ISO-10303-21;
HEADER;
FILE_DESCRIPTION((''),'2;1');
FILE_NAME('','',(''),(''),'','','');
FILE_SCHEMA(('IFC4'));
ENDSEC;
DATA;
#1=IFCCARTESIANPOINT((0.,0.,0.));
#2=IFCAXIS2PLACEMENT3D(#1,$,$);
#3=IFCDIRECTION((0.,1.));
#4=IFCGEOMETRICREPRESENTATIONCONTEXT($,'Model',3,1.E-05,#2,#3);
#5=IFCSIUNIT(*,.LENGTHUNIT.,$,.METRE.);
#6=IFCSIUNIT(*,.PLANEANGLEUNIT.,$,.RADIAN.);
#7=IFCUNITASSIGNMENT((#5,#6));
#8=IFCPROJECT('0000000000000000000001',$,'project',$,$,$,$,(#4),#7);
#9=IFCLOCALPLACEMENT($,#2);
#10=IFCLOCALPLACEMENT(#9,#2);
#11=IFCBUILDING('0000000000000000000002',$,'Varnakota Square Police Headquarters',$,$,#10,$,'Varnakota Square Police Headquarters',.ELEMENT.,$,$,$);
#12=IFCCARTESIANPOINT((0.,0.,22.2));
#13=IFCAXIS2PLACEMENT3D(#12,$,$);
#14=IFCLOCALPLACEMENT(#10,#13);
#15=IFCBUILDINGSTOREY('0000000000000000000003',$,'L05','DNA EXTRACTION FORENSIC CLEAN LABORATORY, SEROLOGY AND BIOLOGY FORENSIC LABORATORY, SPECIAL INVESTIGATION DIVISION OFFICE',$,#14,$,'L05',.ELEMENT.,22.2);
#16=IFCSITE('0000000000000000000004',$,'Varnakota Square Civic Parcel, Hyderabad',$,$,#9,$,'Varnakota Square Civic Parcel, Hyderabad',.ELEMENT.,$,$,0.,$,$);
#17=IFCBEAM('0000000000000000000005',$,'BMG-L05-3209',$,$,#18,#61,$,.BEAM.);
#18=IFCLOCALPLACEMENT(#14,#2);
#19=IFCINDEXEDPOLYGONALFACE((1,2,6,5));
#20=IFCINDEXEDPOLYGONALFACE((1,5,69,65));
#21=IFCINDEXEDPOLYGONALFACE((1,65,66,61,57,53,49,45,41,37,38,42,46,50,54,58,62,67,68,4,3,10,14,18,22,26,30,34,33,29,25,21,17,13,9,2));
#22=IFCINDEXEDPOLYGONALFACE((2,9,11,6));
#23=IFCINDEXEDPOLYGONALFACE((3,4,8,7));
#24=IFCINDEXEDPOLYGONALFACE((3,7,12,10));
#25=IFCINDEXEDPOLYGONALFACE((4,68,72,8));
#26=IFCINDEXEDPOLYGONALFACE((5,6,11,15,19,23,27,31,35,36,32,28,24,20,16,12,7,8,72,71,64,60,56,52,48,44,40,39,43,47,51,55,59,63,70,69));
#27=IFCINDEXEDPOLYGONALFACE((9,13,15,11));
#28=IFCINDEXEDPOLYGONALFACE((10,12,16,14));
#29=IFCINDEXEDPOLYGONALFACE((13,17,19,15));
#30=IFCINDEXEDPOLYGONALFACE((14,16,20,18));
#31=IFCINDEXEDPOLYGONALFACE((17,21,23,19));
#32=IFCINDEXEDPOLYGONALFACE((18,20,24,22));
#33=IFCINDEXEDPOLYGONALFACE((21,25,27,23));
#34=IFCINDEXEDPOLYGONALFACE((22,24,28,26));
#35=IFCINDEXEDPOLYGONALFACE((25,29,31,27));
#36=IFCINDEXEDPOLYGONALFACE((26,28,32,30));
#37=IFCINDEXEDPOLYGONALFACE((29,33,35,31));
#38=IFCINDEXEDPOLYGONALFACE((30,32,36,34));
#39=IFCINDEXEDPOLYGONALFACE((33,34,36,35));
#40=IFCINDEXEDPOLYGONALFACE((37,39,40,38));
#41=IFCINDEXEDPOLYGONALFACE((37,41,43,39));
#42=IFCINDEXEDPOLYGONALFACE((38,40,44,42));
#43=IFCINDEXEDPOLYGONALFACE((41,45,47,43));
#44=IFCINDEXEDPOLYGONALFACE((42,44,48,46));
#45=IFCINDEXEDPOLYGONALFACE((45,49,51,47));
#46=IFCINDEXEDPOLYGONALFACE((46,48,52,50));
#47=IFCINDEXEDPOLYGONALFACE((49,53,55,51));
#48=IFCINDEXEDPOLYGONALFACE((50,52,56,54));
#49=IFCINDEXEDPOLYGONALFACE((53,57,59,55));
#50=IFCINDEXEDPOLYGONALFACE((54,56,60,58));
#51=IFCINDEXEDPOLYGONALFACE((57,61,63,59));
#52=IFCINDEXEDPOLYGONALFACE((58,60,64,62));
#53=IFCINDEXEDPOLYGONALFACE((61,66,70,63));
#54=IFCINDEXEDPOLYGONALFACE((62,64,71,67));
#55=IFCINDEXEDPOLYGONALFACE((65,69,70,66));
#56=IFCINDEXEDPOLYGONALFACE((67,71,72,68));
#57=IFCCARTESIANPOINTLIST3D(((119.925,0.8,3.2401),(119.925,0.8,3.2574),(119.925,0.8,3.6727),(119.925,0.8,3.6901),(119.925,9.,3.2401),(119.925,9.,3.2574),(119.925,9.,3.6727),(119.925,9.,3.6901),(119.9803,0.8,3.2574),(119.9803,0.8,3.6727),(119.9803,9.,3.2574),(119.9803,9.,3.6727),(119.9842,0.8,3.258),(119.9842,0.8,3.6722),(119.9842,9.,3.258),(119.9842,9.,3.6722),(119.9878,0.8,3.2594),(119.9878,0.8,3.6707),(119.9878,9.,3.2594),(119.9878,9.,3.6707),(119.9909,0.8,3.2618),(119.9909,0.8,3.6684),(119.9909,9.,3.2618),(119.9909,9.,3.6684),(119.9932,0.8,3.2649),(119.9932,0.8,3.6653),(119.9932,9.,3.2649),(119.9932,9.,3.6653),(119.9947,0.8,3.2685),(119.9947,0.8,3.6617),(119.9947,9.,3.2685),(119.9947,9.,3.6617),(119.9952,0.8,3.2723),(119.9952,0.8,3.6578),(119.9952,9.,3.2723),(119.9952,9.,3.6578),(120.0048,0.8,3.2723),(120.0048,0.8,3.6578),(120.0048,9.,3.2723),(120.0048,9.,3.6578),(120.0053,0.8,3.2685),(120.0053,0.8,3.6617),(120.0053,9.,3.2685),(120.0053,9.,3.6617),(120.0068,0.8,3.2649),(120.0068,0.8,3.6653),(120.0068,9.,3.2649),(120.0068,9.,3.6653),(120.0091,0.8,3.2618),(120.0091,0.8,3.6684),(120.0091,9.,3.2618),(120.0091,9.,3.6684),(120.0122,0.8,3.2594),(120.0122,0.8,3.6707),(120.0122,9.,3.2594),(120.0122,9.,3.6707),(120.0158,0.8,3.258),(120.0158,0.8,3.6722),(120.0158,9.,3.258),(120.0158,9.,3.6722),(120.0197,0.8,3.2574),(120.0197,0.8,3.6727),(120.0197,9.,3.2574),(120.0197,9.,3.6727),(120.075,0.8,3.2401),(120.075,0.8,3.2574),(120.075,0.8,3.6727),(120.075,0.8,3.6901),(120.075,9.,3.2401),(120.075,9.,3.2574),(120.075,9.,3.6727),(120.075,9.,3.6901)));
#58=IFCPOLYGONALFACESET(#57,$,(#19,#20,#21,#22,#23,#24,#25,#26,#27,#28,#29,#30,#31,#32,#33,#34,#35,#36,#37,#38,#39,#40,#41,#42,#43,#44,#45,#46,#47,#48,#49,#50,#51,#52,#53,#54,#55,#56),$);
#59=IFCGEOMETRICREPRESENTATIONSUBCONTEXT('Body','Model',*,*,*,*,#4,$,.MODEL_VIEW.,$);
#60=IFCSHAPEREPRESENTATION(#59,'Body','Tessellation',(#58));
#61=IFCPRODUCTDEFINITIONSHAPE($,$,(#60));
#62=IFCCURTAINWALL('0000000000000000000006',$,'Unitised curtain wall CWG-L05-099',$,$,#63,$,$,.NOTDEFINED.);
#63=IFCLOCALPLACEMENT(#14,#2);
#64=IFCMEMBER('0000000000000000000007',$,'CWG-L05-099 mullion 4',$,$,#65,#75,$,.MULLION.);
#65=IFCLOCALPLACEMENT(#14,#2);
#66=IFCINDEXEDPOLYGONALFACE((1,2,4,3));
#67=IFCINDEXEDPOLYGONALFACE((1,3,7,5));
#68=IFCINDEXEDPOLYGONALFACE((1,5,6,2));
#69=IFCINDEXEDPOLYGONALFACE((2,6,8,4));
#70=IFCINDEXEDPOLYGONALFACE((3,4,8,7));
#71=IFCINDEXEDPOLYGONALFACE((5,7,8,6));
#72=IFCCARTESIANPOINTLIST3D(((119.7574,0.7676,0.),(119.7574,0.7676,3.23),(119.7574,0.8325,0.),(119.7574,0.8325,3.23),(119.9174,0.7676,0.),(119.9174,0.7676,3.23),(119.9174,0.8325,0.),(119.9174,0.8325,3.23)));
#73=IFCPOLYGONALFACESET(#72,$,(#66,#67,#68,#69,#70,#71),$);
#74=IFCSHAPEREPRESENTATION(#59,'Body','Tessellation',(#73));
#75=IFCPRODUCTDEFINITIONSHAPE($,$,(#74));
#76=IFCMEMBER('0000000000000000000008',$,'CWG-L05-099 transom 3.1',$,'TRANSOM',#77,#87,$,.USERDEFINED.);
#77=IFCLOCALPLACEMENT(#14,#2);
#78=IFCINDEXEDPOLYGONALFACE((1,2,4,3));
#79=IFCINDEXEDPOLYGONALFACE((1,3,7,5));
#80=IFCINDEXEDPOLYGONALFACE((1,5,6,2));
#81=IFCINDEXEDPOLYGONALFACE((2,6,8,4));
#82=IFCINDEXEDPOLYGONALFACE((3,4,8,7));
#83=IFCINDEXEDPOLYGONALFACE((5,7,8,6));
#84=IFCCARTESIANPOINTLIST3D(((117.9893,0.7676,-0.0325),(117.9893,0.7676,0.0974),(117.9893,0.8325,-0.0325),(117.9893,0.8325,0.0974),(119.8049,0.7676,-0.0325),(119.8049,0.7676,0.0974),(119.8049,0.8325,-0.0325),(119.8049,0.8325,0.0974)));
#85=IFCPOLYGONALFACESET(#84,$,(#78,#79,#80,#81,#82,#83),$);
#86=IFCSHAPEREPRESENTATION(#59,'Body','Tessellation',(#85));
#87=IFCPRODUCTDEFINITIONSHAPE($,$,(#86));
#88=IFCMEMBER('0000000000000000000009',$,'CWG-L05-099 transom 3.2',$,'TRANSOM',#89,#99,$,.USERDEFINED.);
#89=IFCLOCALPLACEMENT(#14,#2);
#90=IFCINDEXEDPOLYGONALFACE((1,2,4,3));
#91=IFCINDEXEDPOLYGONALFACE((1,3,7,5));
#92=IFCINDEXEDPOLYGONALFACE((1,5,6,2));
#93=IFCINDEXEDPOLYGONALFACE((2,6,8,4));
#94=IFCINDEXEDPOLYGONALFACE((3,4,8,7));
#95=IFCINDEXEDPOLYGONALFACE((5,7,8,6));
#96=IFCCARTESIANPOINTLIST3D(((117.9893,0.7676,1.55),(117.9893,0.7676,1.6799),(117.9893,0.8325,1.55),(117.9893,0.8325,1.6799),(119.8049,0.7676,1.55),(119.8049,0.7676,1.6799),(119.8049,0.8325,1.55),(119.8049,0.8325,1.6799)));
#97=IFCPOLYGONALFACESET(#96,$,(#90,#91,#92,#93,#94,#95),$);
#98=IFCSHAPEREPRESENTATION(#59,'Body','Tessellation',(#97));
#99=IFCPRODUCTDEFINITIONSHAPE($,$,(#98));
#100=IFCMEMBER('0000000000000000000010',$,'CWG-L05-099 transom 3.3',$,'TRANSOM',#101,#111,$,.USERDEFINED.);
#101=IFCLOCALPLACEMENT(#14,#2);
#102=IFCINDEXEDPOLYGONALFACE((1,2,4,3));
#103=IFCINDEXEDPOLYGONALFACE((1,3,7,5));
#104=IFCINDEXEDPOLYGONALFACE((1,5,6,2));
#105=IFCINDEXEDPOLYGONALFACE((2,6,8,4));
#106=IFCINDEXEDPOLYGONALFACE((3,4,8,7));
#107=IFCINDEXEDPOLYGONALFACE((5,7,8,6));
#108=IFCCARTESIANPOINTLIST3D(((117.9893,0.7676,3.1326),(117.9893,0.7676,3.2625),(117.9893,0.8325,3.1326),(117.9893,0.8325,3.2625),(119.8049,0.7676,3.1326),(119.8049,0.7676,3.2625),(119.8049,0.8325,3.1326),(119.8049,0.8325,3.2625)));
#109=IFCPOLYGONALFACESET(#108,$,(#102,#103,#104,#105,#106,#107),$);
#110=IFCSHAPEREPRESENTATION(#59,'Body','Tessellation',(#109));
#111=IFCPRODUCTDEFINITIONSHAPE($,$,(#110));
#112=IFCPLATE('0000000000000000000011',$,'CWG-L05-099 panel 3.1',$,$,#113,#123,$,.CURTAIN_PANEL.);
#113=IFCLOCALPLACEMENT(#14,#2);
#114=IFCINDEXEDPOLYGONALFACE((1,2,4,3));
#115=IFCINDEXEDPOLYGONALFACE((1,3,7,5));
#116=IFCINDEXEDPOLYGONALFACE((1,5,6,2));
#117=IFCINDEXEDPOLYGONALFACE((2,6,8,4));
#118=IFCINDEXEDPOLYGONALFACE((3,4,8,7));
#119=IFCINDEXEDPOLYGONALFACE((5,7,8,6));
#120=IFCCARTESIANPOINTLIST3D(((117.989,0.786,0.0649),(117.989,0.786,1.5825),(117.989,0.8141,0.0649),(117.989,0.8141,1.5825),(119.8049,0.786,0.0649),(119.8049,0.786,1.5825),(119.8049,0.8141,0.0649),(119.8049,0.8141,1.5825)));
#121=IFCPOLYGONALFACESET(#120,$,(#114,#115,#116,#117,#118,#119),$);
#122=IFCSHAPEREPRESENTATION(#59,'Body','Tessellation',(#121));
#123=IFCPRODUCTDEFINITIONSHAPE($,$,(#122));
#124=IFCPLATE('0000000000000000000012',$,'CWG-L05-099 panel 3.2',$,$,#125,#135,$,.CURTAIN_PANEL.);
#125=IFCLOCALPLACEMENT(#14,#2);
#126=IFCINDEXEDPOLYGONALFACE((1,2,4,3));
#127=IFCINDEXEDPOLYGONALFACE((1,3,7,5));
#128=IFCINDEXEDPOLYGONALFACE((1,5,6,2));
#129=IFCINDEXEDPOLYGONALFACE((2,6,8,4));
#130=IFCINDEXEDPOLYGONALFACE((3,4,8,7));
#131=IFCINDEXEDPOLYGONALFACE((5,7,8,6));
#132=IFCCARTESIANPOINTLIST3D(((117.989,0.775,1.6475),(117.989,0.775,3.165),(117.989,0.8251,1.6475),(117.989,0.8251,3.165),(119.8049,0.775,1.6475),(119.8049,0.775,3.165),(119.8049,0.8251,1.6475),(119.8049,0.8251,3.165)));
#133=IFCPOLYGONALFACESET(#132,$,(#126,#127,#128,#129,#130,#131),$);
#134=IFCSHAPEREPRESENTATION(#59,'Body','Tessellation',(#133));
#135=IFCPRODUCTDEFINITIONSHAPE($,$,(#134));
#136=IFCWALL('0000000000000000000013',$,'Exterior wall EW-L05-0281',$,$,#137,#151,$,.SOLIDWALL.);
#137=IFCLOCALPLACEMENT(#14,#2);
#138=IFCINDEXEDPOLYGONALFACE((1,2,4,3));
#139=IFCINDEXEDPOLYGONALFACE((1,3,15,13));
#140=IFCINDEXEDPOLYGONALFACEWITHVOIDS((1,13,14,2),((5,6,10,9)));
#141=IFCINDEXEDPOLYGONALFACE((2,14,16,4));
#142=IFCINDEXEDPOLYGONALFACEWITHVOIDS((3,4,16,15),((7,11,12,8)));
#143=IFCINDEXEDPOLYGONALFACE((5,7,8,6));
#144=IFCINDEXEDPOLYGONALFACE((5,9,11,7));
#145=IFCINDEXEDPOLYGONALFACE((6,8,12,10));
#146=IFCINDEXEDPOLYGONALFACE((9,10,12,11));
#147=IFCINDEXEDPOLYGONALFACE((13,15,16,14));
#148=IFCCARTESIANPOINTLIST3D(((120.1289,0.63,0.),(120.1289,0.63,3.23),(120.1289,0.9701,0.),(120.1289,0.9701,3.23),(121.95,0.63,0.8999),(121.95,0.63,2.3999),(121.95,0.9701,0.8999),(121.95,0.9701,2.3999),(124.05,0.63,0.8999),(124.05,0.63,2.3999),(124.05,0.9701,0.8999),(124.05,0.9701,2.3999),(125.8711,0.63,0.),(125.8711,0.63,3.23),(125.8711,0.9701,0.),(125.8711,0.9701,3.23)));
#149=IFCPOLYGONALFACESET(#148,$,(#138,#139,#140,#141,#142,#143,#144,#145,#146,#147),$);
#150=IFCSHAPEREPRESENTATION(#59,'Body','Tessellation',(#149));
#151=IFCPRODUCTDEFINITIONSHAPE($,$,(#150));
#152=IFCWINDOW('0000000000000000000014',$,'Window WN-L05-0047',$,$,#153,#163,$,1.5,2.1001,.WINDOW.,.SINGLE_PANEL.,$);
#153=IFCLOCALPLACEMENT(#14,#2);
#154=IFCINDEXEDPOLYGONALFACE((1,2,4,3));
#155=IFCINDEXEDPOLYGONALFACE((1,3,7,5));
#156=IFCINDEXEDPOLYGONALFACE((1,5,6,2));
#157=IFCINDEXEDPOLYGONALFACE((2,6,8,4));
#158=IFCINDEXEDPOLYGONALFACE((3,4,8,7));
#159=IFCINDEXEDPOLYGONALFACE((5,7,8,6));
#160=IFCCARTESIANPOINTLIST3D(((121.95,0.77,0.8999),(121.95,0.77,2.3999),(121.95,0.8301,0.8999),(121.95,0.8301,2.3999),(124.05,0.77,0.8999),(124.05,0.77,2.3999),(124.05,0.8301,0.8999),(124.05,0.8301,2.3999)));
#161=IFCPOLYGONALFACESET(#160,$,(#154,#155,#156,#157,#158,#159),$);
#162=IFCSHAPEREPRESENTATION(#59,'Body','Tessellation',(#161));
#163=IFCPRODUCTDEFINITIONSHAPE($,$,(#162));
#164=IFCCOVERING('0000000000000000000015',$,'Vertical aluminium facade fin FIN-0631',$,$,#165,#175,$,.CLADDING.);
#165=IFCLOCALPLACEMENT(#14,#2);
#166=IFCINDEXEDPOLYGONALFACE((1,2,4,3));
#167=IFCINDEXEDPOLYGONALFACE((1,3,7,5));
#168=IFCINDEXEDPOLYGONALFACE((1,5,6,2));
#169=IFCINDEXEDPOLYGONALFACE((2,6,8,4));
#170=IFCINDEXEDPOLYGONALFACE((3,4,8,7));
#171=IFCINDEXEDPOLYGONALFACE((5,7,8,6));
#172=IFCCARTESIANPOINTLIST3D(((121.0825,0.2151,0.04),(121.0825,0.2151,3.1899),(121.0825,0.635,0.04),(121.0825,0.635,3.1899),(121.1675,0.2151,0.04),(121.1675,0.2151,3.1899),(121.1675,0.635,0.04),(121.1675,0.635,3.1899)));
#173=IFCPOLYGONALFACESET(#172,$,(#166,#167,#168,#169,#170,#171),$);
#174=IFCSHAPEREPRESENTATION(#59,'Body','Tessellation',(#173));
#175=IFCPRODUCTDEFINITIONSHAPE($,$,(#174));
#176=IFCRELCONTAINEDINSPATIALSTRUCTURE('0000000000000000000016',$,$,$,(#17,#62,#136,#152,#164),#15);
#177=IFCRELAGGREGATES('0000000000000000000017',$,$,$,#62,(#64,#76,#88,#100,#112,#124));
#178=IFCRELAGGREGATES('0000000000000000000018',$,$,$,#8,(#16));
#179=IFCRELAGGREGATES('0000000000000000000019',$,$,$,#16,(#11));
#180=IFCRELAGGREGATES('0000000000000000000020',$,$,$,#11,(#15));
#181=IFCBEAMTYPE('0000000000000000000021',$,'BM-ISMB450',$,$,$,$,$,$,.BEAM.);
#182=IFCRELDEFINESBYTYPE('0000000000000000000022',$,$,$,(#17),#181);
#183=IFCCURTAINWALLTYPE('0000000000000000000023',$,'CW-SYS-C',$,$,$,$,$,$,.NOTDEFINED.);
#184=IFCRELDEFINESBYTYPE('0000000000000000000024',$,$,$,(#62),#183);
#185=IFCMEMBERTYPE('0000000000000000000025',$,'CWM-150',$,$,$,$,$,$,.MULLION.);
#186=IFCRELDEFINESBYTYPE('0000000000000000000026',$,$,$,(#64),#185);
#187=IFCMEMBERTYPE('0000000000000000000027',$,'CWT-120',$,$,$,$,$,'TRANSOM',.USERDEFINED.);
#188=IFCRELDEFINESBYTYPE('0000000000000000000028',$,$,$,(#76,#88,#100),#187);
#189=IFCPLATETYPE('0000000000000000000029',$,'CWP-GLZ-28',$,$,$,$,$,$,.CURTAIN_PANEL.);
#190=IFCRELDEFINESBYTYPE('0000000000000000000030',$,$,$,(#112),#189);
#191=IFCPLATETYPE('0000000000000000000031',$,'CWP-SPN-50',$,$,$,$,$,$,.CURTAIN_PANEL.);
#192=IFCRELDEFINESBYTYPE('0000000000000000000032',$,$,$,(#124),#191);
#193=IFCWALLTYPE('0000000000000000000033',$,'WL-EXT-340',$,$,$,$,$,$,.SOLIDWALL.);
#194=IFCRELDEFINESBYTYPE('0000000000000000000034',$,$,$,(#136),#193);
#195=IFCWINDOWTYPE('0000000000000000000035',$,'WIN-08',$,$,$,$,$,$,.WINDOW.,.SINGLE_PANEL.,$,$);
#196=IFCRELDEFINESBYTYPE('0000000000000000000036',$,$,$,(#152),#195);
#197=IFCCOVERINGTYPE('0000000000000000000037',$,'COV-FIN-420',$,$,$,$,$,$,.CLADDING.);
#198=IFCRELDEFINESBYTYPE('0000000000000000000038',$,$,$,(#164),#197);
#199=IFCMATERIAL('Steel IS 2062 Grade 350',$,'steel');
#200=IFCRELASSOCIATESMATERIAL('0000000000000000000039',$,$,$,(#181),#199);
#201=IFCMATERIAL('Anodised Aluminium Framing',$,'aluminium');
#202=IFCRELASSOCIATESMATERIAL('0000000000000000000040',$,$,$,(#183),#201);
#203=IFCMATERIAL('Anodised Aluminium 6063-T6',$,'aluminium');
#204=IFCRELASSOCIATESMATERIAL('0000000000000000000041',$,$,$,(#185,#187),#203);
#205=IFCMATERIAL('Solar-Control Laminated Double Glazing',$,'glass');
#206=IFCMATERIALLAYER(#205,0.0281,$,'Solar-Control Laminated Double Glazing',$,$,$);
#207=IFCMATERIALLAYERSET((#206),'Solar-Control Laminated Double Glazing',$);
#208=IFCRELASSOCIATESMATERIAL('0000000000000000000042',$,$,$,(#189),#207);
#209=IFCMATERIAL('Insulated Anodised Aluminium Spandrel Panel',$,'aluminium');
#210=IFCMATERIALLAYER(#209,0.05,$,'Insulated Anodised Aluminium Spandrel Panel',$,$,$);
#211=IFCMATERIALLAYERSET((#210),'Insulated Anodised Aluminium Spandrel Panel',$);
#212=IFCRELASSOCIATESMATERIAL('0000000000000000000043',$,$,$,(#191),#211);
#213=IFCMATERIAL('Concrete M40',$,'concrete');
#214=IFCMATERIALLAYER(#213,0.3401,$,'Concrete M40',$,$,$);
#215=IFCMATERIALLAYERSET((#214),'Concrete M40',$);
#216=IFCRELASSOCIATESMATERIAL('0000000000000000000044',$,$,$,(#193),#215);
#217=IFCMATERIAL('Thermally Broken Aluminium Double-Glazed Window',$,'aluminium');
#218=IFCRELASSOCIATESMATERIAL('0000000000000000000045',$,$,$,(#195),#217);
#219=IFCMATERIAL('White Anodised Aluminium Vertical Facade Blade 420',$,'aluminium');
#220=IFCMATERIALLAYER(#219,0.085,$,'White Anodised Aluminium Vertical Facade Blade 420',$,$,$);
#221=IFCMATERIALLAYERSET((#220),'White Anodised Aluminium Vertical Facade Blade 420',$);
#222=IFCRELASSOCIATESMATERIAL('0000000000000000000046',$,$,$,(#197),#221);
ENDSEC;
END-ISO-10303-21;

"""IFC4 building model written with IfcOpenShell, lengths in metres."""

from ifc_helpers import new_model, si_unit, direction, frame, frame_2d, origin, origin_2d, place, context, subcontext, project, spatial, rectangle, i_section, extrude, material, layer, layer_set, material_profile, profile_set, type_object, element, fill, aggregate, save


model = new_model("IFC4")

# Units and contexts
model_context = context("Model", 3, precision=1e-05, world=origin(), true_north=direction((0.0, 1.0)))
body_context = subcontext(model_context, "Body", "Model", "MODEL_VIEW")
ifc_project = project(units=[si_unit("LENGTHUNIT", "METRE"), si_unit("PLANEANGLEUNIT", "RADIAN")], contexts=[model_context])

# Site, building, storey
site_placement = place(None, origin())
site = spatial("IfcSite", under=ifc_project, at=site_placement, Name="Varnakota Square Civic Parcel, Hyderabad", LongName="Varnakota Square Civic Parcel, Hyderabad", CompositionType="ELEMENT", RefElevation=0.0)
building_placement = place(site_placement, origin())
building = spatial("IfcBuilding", under=site, at=building_placement, Name="Varnakota Square Police Headquarters", LongName="Varnakota Square Police Headquarters", CompositionType="ELEMENT")
storey_placement = place(building_placement, frame((0.0, 0.0, 22.2)))
storey = spatial("IfcBuildingStorey", under=building, at=storey_placement, Name="L05", Description="DNA EXTRACTION FORENSIC CLEAN LABORATORY, SEROLOGY AND BIOLOGY FORENSIC LABORATORY, SPECIAL INVESTIGATION DIVISION OFFICE", LongName="L05", CompositionType="ELEMENT", Elevation=22.2)

# Shared definitions
ifc_material_1 = material(Name="Steel IS 2062 Grade 350", Category="steel")

# Beam
ifc_material_profile_1 = material_profile(ifc_material_1, i_section(OverallWidth=0.1499, OverallDepth=0.45, WebThickness=0.0095, FlangeThickness=0.0173, FilletRadius=0.0149, at=origin_2d()), Name="ISMB 450")
ifc_profile_set_1 = profile_set([ifc_material_profile_1], Name="Steel IS 2062 Grade 350")
beam_type_1 = type_object("IfcBeamType", Name="BM-ISMB450", PredefinedType="BEAM", material=ifc_profile_set_1)
beam_1_placement = place(storey_placement, frame((120.0, 0.8, 3.4651), z_axis=(0.0, 1.0, 0.0), x_axis=(-1.0, 0.0, 0.0)))
element("IfcBeam", 1, at=beam_1_placement, inside=storey, type_object=beam_type_1, Name="BMG-L05-3209", PredefinedType="BEAM", context=body_context, shape_type="SweptSolid", body=[
    extrude(i_section(OverallWidth=0.1499, OverallDepth=0.45, WebThickness=0.0095, FlangeThickness=0.0173, FilletRadius=0.0149, at=origin_2d()), origin(), (0.0, 0.0, 1.0), 8.2),
])

# Curtain wall, members, plates
ifc_material_2 = material(Name="Anodised Aluminium Framing", Category="aluminium")
curtain_wall_type = type_object("IfcCurtainWallType", Name="CW-SYS-C", PredefinedType="NOTDEFINED", material=ifc_material_2)
curtain_wall_placement = place(storey_placement, origin())
curtain_wall = element("IfcCurtainWall", 2, at=curtain_wall_placement, inside=storey, type_object=curtain_wall_type, Name="Unitised curtain wall CWG-L05-099", PredefinedType="NOTDEFINED")
ifc_material_3 = material(Name="Anodised Aluminium 6063-T6", Category="aluminium")
ifc_material_profile_2 = material_profile(ifc_material_3, rectangle(XDim=0.0649, YDim=0.1599, at=origin_2d()), Name="ALU MULLION 65x160")
ifc_profile_set_2 = profile_set([ifc_material_profile_2], Name="Anodised Aluminium 6063-T6")
member_type_1 = type_object("IfcMemberType", Name="CWM-150", PredefinedType="MULLION", material=ifc_profile_set_2)
member_1_placement = place(storey_placement, frame((119.8374, 0.8, 0.0), z_axis=(0.0, 0.0, 1.0), x_axis=(0.0, 1.0, 0.0)))
member_1 = element("IfcMember", 3, at=member_1_placement, type_object=member_type_1, Name="CWG-L05-099 mullion 4", PredefinedType="MULLION", context=body_context, shape_type="SweptSolid", body=[
    extrude(rectangle(XDim=0.0649, YDim=0.1599, at=origin_2d()), origin(), (0.0, 0.0, 1.0), 3.23),
])
ifc_material_profile_3 = material_profile(ifc_material_3, rectangle(XDim=0.0649, YDim=0.1299, at=origin_2d()), Name="ALU TRANSOM 65x130")
ifc_profile_set_3 = profile_set([ifc_material_profile_3], Name="Anodised Aluminium 6063-T6")
member_type_2 = type_object("IfcMemberType", Name="CWT-120", ElementType="TRANSOM", PredefinedType="USERDEFINED", material=ifc_profile_set_3)
member_2_placement = place(storey_placement, frame((117.9893, 0.8, 0.0325), z_axis=(1.0, 0.0, 0.0), x_axis=(0.0, 1.0, 0.0)))
member_2 = element("IfcMember", 4, at=member_2_placement, type_object=member_type_2, Name="CWG-L05-099 transom 3.1", ObjectType="TRANSOM", PredefinedType="USERDEFINED", context=body_context, shape_type="SweptSolid", body=[
    extrude(rectangle(XDim=0.0649, YDim=0.1299, at=origin_2d()), origin(), (0.0, 0.0, 1.0), 1.8157),
])
member_3_placement = place(storey_placement, frame((117.9893, 0.8, 1.615), z_axis=(1.0, 0.0, 0.0), x_axis=(0.0, 1.0, 0.0)))
member_3 = element("IfcMember", 5, at=member_3_placement, type_object=member_type_2, Name="CWG-L05-099 transom 3.2", ObjectType="TRANSOM", PredefinedType="USERDEFINED", context=body_context, shape_type="SweptSolid", body=[
    extrude(rectangle(XDim=0.0649, YDim=0.1299, at=origin_2d()), origin(), (0.0, 0.0, 1.0), 1.8157),
])
member_4_placement = place(storey_placement, frame((117.9893, 0.8, 3.1975), z_axis=(1.0, 0.0, 0.0), x_axis=(0.0, 1.0, 0.0)))
member_4 = element("IfcMember", 6, at=member_4_placement, type_object=member_type_2, Name="CWG-L05-099 transom 3.3", ObjectType="TRANSOM", PredefinedType="USERDEFINED", context=body_context, shape_type="SweptSolid", body=[
    extrude(rectangle(XDim=0.0649, YDim=0.1299, at=origin_2d()), origin(), (0.0, 0.0, 1.0), 1.8157),
])
ifc_material_4 = material(Name="Solar-Control Laminated Double Glazing", Category="glass")
ifc_layer_1 = layer(ifc_material_4, 0.0281, Name="Solar-Control Laminated Double Glazing")
ifc_layer_set_1 = layer_set([ifc_layer_1], Name="Solar-Control Laminated Double Glazing")
plate_type_1 = type_object("IfcPlateType", Name="CWP-GLZ-28", PredefinedType="CURTAIN_PANEL", material=ifc_layer_set_1)
plate_1_placement = place(storey_placement, frame((118.897, 0.8, 0.0649), z_axis=(0.0, 0.0, 1.0), x_axis=(1.0, 0.0, 0.0)))
plate_1 = element("IfcPlate", 7, at=plate_1_placement, type_object=plate_type_1, Name="CWG-L05-099 panel 3.1", PredefinedType="CURTAIN_PANEL", context=body_context, shape_type="SweptSolid", body=[
    extrude(rectangle(XDim=1.8159, YDim=0.0281, at=origin_2d()), origin(), (0.0, 0.0, 1.0), 1.5176),
])
ifc_material_5 = material(Name="Insulated Anodised Aluminium Spandrel Panel", Category="aluminium")
ifc_layer_2 = layer(ifc_material_5, 0.05, Name="Insulated Anodised Aluminium Spandrel Panel")
ifc_layer_set_2 = layer_set([ifc_layer_2], Name="Insulated Anodised Aluminium Spandrel Panel")
plate_type_2 = type_object("IfcPlateType", Name="CWP-SPN-50", PredefinedType="CURTAIN_PANEL", material=ifc_layer_set_2)
plate_2_placement = place(storey_placement, frame((118.897, 0.8, 1.6475), z_axis=(0.0, 0.0, 1.0), x_axis=(1.0, 0.0, 0.0)))
plate_2 = element("IfcPlate", 8, at=plate_2_placement, type_object=plate_type_2, Name="CWG-L05-099 panel 3.2", PredefinedType="CURTAIN_PANEL", context=body_context, shape_type="SweptSolid", body=[
    extrude(rectangle(XDim=1.8159, YDim=0.05, at=origin_2d()), origin(), (0.0, 0.0, 1.0), 1.5176),
])
aggregate(curtain_wall, [member_1, member_2, member_3, member_4, plate_1, plate_2])

# Wall, opening, window
ifc_material_6 = material(Name="Concrete M40", Category="concrete")
ifc_layer_3 = layer(ifc_material_6, 0.3401, Name="Concrete M40")
ifc_layer_set_3 = layer_set([ifc_layer_3], Name="Concrete M40")
wall_type = type_object("IfcWallType", Name="WL-EXT-340", PredefinedType="SOLIDWALL", material=ifc_layer_set_3)
wall_placement = place(storey_placement, frame((120.1289, 0.8, 0.0), z_axis=(0.0, 0.0, 1.0), x_axis=(1.0, 0.0, 0.0)))
wall = element("IfcWall", 9, at=wall_placement, inside=storey, type_object=wall_type, Name="Exterior wall EW-L05-0281", PredefinedType="SOLIDWALL", context=body_context, shape_type="SweptSolid", body=[
    extrude(rectangle(XDim=5.7422, YDim=0.3401, at=frame_2d((2.8711, 0.0))), origin(), (0.0, 0.0, 1.0), 3.23),
])
opening_placement = place(wall_placement, frame((1.821, 0.0, 0.8999)))
opening = element("IfcOpeningElement", 10, at=opening_placement, cuts=wall, PredefinedType="OPENING", context=body_context, shape_type="SweptSolid", body=[
    extrude(rectangle(XDim=2.1001, YDim=1.5, at=frame_2d((1.05, 0.75))), frame((0.0, 0.1799, 0.0), z_axis=(0.0, -1.0, 0.0), x_axis=(1.0, 0.0, 0.0)), (0.0, 0.0, 1.0), 0.3601),
])
ifc_material_7 = material(Name="Thermally Broken Aluminium Double-Glazed Window", Category="aluminium")
window_type = type_object("IfcWindowType", Name="WIN-08", PartitioningType="SINGLE_PANEL", PredefinedType="WINDOW", material=ifc_material_7)
window_placement = place(opening_placement, origin())
window = element("IfcWindow", 11, at=window_placement, inside=storey, type_object=window_type, Name="Window WN-L05-0047", OverallHeight=1.5, OverallWidth=2.1001, PartitioningType="SINGLE_PANEL", PredefinedType="WINDOW", context=body_context, shape_type="SweptSolid", body=[
    extrude(rectangle(XDim=2.1001, YDim=1.5, at=frame_2d((1.05, 0.75))), frame((0.0, 0.03, 0.0), z_axis=(0.0, -1.0, 0.0), x_axis=(1.0, 0.0, 0.0)), (0.0, 0.0, 1.0), 0.0601),
])
fill(opening, window)

# Covering
ifc_material_8 = material(Name="White Anodised Aluminium Vertical Facade Blade 420", Category="aluminium")
ifc_layer_4 = layer(ifc_material_8, 0.085, Name="White Anodised Aluminium Vertical Facade Blade 420")
ifc_layer_set_4 = layer_set([ifc_layer_4], Name="White Anodised Aluminium Vertical Facade Blade 420")
covering_type_1 = type_object("IfcCoveringType", Name="COV-FIN-420", PredefinedType="CLADDING", material=ifc_layer_set_4)
covering_1_placement = place(storey_placement, frame((121.125, 0.425, 0.04), z_axis=(0.0, 0.0, 1.0), x_axis=(1.0, 0.0, 0.0)))
element("IfcCovering", 12, at=covering_1_placement, inside=storey, type_object=covering_type_1, Name="Vertical aluminium facade fin FIN-0631", PredefinedType="CLADDING", context=body_context, shape_type="SweptSolid", body=[
    extrude(rectangle(XDim=0.085, YDim=0.4199, at=origin_2d()), origin(), (0.0, 0.0, 1.0), 3.1499),
])

save(model, "model.ifc")
